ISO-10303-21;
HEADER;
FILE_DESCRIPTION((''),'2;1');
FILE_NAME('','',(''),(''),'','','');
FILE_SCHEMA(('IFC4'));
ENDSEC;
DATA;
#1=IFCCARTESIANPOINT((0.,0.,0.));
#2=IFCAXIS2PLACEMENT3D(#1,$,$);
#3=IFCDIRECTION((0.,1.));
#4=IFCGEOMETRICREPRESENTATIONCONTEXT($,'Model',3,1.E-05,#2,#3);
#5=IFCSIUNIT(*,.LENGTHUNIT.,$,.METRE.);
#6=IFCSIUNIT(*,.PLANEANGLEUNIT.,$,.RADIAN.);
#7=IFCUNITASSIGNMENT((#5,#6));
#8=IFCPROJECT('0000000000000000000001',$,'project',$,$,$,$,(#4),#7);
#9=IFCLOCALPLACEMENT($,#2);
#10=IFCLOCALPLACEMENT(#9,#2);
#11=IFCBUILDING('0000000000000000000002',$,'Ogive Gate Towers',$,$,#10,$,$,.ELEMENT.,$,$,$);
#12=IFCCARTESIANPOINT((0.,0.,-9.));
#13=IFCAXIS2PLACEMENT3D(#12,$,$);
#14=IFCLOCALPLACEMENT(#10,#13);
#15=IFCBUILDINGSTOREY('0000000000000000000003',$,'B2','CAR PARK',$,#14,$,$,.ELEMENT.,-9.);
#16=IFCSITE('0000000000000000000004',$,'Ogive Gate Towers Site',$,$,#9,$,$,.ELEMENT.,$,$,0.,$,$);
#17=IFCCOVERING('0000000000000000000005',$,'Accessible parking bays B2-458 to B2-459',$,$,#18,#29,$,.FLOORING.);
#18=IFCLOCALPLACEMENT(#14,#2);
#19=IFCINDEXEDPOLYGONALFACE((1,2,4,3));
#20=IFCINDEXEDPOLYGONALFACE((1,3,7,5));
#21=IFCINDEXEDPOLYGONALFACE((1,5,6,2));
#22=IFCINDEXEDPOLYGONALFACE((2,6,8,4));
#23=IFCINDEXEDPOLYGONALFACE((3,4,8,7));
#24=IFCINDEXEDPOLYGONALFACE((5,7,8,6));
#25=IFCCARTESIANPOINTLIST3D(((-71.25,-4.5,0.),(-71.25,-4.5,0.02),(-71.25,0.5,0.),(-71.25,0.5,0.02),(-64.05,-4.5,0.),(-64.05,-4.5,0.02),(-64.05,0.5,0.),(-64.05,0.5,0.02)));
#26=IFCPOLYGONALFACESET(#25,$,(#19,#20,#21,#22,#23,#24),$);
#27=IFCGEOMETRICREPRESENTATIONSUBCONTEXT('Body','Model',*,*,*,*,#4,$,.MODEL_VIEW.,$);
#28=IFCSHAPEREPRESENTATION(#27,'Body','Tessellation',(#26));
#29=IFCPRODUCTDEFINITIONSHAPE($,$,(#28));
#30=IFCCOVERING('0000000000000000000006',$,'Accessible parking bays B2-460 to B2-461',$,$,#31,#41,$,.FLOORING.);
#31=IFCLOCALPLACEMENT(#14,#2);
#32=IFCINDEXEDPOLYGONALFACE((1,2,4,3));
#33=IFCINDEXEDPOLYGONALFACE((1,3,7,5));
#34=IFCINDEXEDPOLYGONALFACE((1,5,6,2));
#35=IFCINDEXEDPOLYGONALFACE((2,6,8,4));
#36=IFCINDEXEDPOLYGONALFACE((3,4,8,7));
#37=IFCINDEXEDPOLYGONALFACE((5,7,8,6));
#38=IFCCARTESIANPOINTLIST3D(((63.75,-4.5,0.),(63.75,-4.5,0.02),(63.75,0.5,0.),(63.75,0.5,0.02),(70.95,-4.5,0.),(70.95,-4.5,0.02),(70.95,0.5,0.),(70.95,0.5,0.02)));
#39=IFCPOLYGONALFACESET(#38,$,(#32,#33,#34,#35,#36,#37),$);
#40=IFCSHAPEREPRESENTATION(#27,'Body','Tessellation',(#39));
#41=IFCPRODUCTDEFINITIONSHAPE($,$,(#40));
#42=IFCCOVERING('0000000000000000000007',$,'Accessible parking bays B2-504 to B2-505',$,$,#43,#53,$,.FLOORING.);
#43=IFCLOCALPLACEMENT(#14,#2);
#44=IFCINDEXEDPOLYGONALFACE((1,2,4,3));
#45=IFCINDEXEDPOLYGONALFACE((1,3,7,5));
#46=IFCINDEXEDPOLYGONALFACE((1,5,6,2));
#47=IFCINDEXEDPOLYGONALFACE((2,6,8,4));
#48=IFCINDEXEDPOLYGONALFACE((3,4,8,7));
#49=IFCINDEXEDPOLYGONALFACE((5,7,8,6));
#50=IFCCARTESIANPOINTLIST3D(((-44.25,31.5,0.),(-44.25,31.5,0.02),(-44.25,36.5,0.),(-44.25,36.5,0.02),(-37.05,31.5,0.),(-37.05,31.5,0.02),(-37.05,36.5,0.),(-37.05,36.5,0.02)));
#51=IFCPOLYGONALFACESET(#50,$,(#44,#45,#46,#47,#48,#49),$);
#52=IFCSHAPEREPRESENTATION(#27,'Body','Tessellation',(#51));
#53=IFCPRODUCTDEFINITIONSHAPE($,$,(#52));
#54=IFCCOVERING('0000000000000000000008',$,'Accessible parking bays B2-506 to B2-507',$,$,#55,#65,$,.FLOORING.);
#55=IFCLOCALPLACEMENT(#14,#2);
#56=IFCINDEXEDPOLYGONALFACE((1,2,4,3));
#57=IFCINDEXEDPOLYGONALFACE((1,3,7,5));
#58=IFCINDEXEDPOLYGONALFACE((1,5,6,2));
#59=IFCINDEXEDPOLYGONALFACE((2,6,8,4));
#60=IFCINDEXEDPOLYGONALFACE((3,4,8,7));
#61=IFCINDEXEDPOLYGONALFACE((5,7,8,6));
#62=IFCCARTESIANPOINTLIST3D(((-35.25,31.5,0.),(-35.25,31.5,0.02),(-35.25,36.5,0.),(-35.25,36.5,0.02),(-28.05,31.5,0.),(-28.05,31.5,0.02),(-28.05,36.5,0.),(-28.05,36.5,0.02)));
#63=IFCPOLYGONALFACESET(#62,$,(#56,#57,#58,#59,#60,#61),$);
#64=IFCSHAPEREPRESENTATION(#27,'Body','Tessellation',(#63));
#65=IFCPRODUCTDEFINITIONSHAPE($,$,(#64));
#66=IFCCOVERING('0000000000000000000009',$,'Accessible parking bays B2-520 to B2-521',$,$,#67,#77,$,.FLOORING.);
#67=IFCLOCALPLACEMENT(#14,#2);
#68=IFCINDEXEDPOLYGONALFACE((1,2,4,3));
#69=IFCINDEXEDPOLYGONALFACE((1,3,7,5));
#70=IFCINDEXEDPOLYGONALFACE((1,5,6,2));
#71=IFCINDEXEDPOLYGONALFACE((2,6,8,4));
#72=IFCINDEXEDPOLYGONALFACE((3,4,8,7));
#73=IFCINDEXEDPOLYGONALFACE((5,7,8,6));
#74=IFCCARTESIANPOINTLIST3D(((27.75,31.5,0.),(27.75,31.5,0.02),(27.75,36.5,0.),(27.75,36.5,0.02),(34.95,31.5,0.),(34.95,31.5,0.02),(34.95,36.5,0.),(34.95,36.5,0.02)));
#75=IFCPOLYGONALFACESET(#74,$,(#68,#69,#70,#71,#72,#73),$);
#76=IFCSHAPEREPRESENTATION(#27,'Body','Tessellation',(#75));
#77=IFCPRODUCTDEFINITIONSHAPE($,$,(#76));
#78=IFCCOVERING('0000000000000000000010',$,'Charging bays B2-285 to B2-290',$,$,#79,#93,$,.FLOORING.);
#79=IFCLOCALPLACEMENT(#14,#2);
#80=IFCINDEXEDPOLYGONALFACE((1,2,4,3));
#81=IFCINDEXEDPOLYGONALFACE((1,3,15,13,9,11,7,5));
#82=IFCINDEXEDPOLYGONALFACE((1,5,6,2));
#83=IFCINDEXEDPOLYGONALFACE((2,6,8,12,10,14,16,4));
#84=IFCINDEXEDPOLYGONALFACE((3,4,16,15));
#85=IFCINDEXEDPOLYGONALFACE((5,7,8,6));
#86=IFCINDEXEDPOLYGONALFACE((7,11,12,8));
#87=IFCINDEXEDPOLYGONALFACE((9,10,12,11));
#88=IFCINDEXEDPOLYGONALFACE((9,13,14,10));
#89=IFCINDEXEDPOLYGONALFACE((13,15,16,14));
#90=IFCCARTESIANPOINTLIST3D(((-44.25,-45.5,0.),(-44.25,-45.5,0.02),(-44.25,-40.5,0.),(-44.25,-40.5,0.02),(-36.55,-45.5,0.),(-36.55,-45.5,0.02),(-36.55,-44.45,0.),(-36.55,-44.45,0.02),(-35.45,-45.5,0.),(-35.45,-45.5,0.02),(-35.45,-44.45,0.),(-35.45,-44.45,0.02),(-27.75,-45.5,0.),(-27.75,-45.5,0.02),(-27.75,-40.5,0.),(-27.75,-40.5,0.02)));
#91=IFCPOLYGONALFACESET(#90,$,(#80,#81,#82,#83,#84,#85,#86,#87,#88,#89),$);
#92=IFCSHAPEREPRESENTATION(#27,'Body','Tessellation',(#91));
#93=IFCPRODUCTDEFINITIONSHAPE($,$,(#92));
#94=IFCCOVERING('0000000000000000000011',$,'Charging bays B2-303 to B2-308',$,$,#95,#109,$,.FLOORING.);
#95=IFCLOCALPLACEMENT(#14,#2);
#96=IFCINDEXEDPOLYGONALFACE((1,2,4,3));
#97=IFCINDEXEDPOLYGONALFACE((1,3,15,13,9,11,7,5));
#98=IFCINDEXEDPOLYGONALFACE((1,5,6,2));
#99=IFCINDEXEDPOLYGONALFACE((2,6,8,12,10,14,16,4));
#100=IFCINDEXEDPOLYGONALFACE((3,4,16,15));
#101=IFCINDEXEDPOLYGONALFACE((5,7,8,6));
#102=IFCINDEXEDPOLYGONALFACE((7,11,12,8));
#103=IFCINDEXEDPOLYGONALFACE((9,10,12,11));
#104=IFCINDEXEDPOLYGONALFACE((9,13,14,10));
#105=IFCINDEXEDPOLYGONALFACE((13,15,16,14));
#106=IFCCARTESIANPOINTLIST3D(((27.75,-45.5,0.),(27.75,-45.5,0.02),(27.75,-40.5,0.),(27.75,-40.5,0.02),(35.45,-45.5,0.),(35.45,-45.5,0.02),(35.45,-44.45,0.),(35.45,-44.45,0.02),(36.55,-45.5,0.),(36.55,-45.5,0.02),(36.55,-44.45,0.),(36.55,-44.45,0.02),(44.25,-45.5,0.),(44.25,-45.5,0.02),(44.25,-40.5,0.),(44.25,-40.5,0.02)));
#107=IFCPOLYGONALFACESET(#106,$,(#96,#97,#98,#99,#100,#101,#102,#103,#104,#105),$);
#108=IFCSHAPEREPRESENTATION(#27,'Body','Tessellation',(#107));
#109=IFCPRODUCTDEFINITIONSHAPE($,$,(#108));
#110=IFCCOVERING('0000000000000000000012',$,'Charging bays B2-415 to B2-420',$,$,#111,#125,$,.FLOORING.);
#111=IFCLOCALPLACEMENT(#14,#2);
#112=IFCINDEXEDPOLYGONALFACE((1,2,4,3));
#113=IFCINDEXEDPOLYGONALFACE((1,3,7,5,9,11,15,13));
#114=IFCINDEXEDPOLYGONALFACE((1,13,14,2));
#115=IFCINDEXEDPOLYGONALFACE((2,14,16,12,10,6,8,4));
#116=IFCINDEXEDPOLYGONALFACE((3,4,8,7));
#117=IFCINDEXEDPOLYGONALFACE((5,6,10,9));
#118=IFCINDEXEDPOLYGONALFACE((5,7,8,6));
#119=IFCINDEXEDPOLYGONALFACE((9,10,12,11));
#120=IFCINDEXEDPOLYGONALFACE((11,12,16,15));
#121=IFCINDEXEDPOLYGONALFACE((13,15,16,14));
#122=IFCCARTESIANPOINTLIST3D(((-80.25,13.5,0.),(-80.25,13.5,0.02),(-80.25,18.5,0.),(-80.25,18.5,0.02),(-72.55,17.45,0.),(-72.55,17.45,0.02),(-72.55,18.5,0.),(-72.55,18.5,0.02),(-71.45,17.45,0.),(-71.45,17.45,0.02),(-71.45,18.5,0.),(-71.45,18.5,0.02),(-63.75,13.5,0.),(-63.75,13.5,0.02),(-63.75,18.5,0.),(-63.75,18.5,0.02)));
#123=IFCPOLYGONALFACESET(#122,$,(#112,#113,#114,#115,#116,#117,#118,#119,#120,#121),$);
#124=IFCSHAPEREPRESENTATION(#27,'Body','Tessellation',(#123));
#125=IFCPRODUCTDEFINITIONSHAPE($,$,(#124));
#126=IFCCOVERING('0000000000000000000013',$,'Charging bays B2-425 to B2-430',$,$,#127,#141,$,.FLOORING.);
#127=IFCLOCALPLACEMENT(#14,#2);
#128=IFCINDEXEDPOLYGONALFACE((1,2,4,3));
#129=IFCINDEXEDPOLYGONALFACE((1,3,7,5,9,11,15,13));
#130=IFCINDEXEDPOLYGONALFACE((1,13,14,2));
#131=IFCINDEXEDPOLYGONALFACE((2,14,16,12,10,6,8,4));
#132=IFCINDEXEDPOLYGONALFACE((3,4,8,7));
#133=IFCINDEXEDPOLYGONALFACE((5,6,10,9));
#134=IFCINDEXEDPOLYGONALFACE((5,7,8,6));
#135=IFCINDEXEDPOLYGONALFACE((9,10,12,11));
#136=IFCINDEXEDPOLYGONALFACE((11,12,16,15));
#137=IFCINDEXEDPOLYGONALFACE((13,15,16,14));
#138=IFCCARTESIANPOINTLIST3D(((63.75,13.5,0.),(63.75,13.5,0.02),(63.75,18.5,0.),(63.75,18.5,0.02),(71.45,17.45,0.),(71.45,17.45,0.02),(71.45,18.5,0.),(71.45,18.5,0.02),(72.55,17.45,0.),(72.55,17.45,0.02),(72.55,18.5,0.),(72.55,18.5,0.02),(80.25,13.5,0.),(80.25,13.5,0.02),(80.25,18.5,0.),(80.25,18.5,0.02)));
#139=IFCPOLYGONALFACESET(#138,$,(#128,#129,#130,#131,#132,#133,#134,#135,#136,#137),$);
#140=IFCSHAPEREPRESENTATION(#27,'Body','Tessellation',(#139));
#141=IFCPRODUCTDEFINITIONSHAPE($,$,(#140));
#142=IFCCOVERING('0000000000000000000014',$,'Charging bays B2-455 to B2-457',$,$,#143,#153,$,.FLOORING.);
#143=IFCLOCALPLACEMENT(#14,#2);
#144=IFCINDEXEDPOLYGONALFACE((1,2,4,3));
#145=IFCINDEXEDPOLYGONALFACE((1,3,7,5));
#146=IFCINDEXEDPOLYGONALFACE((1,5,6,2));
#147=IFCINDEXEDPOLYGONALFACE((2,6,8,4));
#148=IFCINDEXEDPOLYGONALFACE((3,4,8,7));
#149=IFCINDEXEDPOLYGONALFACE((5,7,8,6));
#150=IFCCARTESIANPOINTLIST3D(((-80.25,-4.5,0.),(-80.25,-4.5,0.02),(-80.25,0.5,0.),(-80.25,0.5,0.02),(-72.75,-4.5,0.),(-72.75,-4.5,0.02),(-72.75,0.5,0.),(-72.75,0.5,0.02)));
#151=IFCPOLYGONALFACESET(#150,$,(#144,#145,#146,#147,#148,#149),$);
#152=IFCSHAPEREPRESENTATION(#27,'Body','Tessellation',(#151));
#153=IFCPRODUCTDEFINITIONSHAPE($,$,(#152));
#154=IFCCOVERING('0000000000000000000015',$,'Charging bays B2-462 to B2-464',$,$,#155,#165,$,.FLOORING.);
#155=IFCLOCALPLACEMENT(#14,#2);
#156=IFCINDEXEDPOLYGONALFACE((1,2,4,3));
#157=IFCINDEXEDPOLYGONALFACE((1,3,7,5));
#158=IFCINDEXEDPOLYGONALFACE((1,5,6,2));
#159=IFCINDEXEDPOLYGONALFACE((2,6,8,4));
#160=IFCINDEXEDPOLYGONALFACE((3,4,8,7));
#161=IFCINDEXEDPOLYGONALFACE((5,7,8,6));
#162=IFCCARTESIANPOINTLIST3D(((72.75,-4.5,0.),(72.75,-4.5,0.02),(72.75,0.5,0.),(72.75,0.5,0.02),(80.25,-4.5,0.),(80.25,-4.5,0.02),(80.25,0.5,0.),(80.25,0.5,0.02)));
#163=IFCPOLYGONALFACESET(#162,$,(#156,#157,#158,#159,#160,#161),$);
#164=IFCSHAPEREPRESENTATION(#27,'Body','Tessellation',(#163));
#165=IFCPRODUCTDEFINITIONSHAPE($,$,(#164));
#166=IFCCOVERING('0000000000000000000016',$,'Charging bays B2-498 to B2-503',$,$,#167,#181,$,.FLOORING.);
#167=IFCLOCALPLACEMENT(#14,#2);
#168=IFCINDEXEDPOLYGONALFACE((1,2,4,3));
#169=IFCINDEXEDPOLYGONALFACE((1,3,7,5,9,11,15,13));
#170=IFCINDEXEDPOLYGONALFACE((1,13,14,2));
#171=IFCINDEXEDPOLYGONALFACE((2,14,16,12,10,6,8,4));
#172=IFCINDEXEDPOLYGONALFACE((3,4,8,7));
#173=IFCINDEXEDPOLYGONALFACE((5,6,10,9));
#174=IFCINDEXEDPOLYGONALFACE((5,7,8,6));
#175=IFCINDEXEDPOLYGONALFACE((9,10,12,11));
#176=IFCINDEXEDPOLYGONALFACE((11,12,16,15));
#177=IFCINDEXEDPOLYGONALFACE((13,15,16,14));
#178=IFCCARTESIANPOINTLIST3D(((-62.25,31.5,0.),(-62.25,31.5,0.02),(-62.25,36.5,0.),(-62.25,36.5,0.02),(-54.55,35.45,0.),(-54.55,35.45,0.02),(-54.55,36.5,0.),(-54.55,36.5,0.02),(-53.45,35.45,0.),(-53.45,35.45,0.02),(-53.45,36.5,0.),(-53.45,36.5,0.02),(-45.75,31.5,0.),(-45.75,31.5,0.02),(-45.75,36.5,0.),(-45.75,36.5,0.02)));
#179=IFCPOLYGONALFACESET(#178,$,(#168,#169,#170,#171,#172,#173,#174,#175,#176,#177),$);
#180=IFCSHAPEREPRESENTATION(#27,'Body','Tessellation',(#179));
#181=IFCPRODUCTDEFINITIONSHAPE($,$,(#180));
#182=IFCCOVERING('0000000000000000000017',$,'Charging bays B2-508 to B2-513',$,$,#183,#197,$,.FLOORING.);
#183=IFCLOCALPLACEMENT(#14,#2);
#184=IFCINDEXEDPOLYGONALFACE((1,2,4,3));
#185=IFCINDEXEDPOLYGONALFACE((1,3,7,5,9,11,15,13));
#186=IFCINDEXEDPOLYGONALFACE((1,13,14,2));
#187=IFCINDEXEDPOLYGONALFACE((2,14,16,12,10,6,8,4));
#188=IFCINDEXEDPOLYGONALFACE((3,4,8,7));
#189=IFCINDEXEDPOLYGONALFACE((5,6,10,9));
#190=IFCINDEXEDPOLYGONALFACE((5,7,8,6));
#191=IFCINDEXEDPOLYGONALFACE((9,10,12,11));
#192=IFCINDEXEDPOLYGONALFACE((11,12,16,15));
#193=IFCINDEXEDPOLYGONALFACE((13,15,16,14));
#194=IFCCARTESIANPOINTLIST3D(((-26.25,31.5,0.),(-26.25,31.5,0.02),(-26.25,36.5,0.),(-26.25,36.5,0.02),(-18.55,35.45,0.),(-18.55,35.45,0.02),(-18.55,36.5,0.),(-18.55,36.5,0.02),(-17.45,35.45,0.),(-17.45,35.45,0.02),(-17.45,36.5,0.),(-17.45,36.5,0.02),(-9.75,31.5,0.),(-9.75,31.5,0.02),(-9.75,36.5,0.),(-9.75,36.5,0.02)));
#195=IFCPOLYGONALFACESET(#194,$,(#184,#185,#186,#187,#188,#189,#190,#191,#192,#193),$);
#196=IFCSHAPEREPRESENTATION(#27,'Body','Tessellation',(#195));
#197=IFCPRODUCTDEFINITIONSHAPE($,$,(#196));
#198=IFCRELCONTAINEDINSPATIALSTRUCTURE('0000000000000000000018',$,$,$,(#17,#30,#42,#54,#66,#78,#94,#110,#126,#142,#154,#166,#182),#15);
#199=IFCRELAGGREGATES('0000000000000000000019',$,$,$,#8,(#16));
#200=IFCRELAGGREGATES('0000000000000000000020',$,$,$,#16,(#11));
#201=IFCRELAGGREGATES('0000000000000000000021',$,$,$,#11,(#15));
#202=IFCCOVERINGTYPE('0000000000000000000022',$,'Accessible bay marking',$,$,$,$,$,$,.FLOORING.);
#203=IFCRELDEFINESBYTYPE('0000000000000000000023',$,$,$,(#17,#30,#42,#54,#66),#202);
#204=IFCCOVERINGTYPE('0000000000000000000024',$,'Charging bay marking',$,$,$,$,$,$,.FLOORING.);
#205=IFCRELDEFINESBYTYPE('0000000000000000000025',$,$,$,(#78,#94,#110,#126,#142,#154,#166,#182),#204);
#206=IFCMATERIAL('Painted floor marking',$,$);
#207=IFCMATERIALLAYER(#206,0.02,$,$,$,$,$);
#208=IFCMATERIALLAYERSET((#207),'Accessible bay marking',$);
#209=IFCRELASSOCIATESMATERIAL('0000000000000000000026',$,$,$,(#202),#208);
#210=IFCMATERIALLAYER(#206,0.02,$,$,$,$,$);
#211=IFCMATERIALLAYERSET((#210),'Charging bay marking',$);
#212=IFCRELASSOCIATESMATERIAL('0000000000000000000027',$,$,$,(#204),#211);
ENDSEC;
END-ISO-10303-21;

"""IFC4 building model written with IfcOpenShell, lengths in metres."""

from ifc_helpers import new_model, si_unit, direction, frame, origin, place, context, subcontext, project, spatial, polyline, outline, extrude, material, layer, layer_set, type_object, element, save


model = new_model("IFC4")

# Units and contexts
model_context = context("Model", 3, precision=1e-05, world=origin(), true_north=direction((0.0, 1.0)))
body_context = subcontext(model_context, "Body", "Model", "MODEL_VIEW")
ifc_project = project(units=[si_unit("LENGTHUNIT", "METRE"), si_unit("PLANEANGLEUNIT", "RADIAN")], contexts=[model_context])

# Site, building, storey
site_placement = place(None, origin())
site = spatial("IfcSite", under=ifc_project, at=site_placement, Name="Ogive Gate Towers Site", CompositionType="ELEMENT", RefElevation=0.0)
building_placement = place(site_placement, origin())
building = spatial("IfcBuilding", under=site, at=building_placement, Name="Ogive Gate Towers", CompositionType="ELEMENT")
storey_placement = place(building_placement, frame((0.0, 0.0, -9.0)))
storey = spatial("IfcBuildingStorey", under=building, at=storey_placement, Name="B2", Description="CAR PARK", CompositionType="ELEMENT", Elevation=-9.0)

# Coverings
ifc_material = material(Name="Painted floor marking")
ifc_layer_1 = layer(ifc_material, 0.02)
ifc_layer_set_1 = layer_set([ifc_layer_1], Name="Accessible bay marking")
covering_type_1 = type_object("IfcCoveringType", Name="Accessible bay marking", PredefinedType="FLOORING", material=ifc_layer_set_1)
covering_1_placement = place(storey_placement, origin())
element("IfcCovering", 1, at=covering_1_placement, inside=storey, type_object=covering_type_1, Name="Accessible parking bays B2-458 to B2-459", PredefinedType="FLOORING", context=body_context, shape_type="SweptSolid", body=[
    extrude(outline(polyline([(-64.05, 0.5), (-64.05, -4.5), (-71.25, -4.5), (-71.25, 0.5), (-64.05, 0.5)])), origin(), (0.0, 0.0, 1.0), 0.02),
])
covering_2_placement = place(storey_placement, origin())
element("IfcCovering", 2, at=covering_2_placement, inside=storey, type_object=covering_type_1, Name="Accessible parking bays B2-460 to B2-461", PredefinedType="FLOORING", context=body_context, shape_type="SweptSolid", body=[
    extrude(outline(polyline([(70.95, 0.5), (70.95, -4.5), (63.75, -4.5), (63.75, 0.5), (70.95, 0.5)])), origin(), (0.0, 0.0, 1.0), 0.02),
])
covering_3_placement = place(storey_placement, origin())
element("IfcCovering", 3, at=covering_3_placement, inside=storey, type_object=covering_type_1, Name="Accessible parking bays B2-504 to B2-505", PredefinedType="FLOORING", context=body_context, shape_type="SweptSolid", body=[
    extrude(outline(polyline([(-37.05, 36.5), (-37.05, 31.5), (-44.25, 31.5), (-44.25, 36.5), (-37.05, 36.5)])), origin(), (0.0, 0.0, 1.0), 0.02),
])
covering_4_placement = place(storey_placement, origin())
element("IfcCovering", 4, at=covering_4_placement, inside=storey, type_object=covering_type_1, Name="Accessible parking bays B2-506 to B2-507", PredefinedType="FLOORING", context=body_context, shape_type="SweptSolid", body=[
    extrude(outline(polyline([(-28.05, 31.5), (-35.25, 31.5), (-35.25, 36.5), (-28.05, 36.5), (-28.05, 31.5)])), origin(), (0.0, 0.0, 1.0), 0.02),
])
covering_5_placement = place(storey_placement, origin())
element("IfcCovering", 5, at=covering_5_placement, inside=storey, type_object=covering_type_1, Name="Accessible parking bays B2-520 to B2-521", PredefinedType="FLOORING", context=body_context, shape_type="SweptSolid", body=[
    extrude(outline(polyline([(34.95, 31.5), (27.75, 31.5), (27.75, 36.5), (34.95, 36.5), (34.95, 31.5)])), origin(), (0.0, 0.0, 1.0), 0.02),
])
ifc_layer_2 = layer(ifc_material, 0.02)
ifc_layer_set_2 = layer_set([ifc_layer_2], Name="Charging bay marking")
covering_type_2 = type_object("IfcCoveringType", Name="Charging bay marking", PredefinedType="FLOORING", material=ifc_layer_set_2)
covering_6_placement = place(storey_placement, origin())
element("IfcCovering", 6, at=covering_6_placement, inside=storey, type_object=covering_type_2, Name="Charging bays B2-285 to B2-290", PredefinedType="FLOORING", context=body_context, shape_type="SweptSolid", body=[
    extrude(outline(polyline([(-44.25, -40.5), (-27.75, -40.5), (-27.75, -45.5), (-35.45, -45.5), (-35.45, -44.45), (-36.55, -44.45), (-36.55, -45.5), (-44.25, -45.5), (-44.25, -40.5)])), origin(), (0.0, 0.0, 1.0), 0.02),
])
covering_7_placement = place(storey_placement, origin())
element("IfcCovering", 7, at=covering_7_placement, inside=storey, type_object=covering_type_2, Name="Charging bays B2-303 to B2-308", PredefinedType="FLOORING", context=body_context, shape_type="SweptSolid", body=[
    extrude(outline(polyline([(27.75, -40.5), (44.25, -40.5), (44.25, -45.5), (36.55, -45.5), (36.55, -44.45), (35.45, -44.45), (35.45, -45.5), (27.75, -45.5), (27.75, -40.5)])), origin(), (0.0, 0.0, 1.0), 0.02),
])
covering_8_placement = place(storey_placement, origin())
element("IfcCovering", 8, at=covering_8_placement, inside=storey, type_object=covering_type_2, Name="Charging bays B2-415 to B2-420", PredefinedType="FLOORING", context=body_context, shape_type="SweptSolid", body=[
    extrude(outline(polyline([(-80.25, 18.5), (-72.55, 18.5), (-72.55, 17.45), (-71.45, 17.45), (-71.45, 18.5), (-63.75, 18.5), (-63.75, 13.5), (-80.25, 13.5), (-80.25, 18.5)])), origin(), (0.0, 0.0, 1.0), 0.02),
])
covering_9_placement = place(storey_placement, origin())
element("IfcCovering", 9, at=covering_9_placement, inside=storey, type_object=covering_type_2, Name="Charging bays B2-425 to B2-430", PredefinedType="FLOORING", context=body_context, shape_type="SweptSolid", body=[
    extrude(outline(polyline([(63.75, 18.5), (71.45, 18.5), (71.45, 17.45), (72.55, 17.45), (72.55, 18.5), (80.25, 18.5), (80.25, 13.5), (63.75, 13.5), (63.75, 18.5)])), origin(), (0.0, 0.0, 1.0), 0.02),
])
covering_10_placement = place(storey_placement, origin())
element("IfcCovering", 10, at=covering_10_placement, inside=storey, type_object=covering_type_2, Name="Charging bays B2-455 to B2-457", PredefinedType="FLOORING", context=body_context, shape_type="SweptSolid", body=[
    extrude(outline(polyline([(-72.75, 0.5), (-72.75, -4.5), (-80.25, -4.5), (-80.25, 0.5), (-72.75, 0.5)])), origin(), (0.0, 0.0, 1.0), 0.02),
])
covering_11_placement = place(storey_placement, origin())
element("IfcCovering", 11, at=covering_11_placement, inside=storey, type_object=covering_type_2, Name="Charging bays B2-462 to B2-464", PredefinedType="FLOORING", context=body_context, shape_type="SweptSolid", body=[
    extrude(outline(polyline([(80.25, 0.5), (80.25, -4.5), (72.75, -4.5), (72.75, 0.5), (80.25, 0.5)])), origin(), (0.0, 0.0, 1.0), 0.02),
])
covering_12_placement = place(storey_placement, origin())
element("IfcCovering", 12, at=covering_12_placement, inside=storey, type_object=covering_type_2, Name="Charging bays B2-498 to B2-503", PredefinedType="FLOORING", context=body_context, shape_type="SweptSolid", body=[
    extrude(outline(polyline([(-62.25, 36.5), (-54.55, 36.5), (-54.55, 35.45), (-53.45, 35.45), (-53.45, 36.5), (-45.75, 36.5), (-45.75, 31.5), (-62.25, 31.5), (-62.25, 36.5)])), origin(), (0.0, 0.0, 1.0), 0.02),
])
covering_13_placement = place(storey_placement, origin())
element("IfcCovering", 13, at=covering_13_placement, inside=storey, type_object=covering_type_2, Name="Charging bays B2-508 to B2-513", PredefinedType="FLOORING", context=body_context, shape_type="SweptSolid", body=[
    extrude(outline(polyline([(-26.25, 36.5), (-18.55, 36.5), (-18.55, 35.45), (-17.45, 35.45), (-17.45, 36.5), (-9.75, 36.5), (-9.75, 31.5), (-26.25, 31.5), (-26.25, 36.5)])), origin(), (0.0, 0.0, 1.0), 0.02),
])

save(model, "model.ifc")
